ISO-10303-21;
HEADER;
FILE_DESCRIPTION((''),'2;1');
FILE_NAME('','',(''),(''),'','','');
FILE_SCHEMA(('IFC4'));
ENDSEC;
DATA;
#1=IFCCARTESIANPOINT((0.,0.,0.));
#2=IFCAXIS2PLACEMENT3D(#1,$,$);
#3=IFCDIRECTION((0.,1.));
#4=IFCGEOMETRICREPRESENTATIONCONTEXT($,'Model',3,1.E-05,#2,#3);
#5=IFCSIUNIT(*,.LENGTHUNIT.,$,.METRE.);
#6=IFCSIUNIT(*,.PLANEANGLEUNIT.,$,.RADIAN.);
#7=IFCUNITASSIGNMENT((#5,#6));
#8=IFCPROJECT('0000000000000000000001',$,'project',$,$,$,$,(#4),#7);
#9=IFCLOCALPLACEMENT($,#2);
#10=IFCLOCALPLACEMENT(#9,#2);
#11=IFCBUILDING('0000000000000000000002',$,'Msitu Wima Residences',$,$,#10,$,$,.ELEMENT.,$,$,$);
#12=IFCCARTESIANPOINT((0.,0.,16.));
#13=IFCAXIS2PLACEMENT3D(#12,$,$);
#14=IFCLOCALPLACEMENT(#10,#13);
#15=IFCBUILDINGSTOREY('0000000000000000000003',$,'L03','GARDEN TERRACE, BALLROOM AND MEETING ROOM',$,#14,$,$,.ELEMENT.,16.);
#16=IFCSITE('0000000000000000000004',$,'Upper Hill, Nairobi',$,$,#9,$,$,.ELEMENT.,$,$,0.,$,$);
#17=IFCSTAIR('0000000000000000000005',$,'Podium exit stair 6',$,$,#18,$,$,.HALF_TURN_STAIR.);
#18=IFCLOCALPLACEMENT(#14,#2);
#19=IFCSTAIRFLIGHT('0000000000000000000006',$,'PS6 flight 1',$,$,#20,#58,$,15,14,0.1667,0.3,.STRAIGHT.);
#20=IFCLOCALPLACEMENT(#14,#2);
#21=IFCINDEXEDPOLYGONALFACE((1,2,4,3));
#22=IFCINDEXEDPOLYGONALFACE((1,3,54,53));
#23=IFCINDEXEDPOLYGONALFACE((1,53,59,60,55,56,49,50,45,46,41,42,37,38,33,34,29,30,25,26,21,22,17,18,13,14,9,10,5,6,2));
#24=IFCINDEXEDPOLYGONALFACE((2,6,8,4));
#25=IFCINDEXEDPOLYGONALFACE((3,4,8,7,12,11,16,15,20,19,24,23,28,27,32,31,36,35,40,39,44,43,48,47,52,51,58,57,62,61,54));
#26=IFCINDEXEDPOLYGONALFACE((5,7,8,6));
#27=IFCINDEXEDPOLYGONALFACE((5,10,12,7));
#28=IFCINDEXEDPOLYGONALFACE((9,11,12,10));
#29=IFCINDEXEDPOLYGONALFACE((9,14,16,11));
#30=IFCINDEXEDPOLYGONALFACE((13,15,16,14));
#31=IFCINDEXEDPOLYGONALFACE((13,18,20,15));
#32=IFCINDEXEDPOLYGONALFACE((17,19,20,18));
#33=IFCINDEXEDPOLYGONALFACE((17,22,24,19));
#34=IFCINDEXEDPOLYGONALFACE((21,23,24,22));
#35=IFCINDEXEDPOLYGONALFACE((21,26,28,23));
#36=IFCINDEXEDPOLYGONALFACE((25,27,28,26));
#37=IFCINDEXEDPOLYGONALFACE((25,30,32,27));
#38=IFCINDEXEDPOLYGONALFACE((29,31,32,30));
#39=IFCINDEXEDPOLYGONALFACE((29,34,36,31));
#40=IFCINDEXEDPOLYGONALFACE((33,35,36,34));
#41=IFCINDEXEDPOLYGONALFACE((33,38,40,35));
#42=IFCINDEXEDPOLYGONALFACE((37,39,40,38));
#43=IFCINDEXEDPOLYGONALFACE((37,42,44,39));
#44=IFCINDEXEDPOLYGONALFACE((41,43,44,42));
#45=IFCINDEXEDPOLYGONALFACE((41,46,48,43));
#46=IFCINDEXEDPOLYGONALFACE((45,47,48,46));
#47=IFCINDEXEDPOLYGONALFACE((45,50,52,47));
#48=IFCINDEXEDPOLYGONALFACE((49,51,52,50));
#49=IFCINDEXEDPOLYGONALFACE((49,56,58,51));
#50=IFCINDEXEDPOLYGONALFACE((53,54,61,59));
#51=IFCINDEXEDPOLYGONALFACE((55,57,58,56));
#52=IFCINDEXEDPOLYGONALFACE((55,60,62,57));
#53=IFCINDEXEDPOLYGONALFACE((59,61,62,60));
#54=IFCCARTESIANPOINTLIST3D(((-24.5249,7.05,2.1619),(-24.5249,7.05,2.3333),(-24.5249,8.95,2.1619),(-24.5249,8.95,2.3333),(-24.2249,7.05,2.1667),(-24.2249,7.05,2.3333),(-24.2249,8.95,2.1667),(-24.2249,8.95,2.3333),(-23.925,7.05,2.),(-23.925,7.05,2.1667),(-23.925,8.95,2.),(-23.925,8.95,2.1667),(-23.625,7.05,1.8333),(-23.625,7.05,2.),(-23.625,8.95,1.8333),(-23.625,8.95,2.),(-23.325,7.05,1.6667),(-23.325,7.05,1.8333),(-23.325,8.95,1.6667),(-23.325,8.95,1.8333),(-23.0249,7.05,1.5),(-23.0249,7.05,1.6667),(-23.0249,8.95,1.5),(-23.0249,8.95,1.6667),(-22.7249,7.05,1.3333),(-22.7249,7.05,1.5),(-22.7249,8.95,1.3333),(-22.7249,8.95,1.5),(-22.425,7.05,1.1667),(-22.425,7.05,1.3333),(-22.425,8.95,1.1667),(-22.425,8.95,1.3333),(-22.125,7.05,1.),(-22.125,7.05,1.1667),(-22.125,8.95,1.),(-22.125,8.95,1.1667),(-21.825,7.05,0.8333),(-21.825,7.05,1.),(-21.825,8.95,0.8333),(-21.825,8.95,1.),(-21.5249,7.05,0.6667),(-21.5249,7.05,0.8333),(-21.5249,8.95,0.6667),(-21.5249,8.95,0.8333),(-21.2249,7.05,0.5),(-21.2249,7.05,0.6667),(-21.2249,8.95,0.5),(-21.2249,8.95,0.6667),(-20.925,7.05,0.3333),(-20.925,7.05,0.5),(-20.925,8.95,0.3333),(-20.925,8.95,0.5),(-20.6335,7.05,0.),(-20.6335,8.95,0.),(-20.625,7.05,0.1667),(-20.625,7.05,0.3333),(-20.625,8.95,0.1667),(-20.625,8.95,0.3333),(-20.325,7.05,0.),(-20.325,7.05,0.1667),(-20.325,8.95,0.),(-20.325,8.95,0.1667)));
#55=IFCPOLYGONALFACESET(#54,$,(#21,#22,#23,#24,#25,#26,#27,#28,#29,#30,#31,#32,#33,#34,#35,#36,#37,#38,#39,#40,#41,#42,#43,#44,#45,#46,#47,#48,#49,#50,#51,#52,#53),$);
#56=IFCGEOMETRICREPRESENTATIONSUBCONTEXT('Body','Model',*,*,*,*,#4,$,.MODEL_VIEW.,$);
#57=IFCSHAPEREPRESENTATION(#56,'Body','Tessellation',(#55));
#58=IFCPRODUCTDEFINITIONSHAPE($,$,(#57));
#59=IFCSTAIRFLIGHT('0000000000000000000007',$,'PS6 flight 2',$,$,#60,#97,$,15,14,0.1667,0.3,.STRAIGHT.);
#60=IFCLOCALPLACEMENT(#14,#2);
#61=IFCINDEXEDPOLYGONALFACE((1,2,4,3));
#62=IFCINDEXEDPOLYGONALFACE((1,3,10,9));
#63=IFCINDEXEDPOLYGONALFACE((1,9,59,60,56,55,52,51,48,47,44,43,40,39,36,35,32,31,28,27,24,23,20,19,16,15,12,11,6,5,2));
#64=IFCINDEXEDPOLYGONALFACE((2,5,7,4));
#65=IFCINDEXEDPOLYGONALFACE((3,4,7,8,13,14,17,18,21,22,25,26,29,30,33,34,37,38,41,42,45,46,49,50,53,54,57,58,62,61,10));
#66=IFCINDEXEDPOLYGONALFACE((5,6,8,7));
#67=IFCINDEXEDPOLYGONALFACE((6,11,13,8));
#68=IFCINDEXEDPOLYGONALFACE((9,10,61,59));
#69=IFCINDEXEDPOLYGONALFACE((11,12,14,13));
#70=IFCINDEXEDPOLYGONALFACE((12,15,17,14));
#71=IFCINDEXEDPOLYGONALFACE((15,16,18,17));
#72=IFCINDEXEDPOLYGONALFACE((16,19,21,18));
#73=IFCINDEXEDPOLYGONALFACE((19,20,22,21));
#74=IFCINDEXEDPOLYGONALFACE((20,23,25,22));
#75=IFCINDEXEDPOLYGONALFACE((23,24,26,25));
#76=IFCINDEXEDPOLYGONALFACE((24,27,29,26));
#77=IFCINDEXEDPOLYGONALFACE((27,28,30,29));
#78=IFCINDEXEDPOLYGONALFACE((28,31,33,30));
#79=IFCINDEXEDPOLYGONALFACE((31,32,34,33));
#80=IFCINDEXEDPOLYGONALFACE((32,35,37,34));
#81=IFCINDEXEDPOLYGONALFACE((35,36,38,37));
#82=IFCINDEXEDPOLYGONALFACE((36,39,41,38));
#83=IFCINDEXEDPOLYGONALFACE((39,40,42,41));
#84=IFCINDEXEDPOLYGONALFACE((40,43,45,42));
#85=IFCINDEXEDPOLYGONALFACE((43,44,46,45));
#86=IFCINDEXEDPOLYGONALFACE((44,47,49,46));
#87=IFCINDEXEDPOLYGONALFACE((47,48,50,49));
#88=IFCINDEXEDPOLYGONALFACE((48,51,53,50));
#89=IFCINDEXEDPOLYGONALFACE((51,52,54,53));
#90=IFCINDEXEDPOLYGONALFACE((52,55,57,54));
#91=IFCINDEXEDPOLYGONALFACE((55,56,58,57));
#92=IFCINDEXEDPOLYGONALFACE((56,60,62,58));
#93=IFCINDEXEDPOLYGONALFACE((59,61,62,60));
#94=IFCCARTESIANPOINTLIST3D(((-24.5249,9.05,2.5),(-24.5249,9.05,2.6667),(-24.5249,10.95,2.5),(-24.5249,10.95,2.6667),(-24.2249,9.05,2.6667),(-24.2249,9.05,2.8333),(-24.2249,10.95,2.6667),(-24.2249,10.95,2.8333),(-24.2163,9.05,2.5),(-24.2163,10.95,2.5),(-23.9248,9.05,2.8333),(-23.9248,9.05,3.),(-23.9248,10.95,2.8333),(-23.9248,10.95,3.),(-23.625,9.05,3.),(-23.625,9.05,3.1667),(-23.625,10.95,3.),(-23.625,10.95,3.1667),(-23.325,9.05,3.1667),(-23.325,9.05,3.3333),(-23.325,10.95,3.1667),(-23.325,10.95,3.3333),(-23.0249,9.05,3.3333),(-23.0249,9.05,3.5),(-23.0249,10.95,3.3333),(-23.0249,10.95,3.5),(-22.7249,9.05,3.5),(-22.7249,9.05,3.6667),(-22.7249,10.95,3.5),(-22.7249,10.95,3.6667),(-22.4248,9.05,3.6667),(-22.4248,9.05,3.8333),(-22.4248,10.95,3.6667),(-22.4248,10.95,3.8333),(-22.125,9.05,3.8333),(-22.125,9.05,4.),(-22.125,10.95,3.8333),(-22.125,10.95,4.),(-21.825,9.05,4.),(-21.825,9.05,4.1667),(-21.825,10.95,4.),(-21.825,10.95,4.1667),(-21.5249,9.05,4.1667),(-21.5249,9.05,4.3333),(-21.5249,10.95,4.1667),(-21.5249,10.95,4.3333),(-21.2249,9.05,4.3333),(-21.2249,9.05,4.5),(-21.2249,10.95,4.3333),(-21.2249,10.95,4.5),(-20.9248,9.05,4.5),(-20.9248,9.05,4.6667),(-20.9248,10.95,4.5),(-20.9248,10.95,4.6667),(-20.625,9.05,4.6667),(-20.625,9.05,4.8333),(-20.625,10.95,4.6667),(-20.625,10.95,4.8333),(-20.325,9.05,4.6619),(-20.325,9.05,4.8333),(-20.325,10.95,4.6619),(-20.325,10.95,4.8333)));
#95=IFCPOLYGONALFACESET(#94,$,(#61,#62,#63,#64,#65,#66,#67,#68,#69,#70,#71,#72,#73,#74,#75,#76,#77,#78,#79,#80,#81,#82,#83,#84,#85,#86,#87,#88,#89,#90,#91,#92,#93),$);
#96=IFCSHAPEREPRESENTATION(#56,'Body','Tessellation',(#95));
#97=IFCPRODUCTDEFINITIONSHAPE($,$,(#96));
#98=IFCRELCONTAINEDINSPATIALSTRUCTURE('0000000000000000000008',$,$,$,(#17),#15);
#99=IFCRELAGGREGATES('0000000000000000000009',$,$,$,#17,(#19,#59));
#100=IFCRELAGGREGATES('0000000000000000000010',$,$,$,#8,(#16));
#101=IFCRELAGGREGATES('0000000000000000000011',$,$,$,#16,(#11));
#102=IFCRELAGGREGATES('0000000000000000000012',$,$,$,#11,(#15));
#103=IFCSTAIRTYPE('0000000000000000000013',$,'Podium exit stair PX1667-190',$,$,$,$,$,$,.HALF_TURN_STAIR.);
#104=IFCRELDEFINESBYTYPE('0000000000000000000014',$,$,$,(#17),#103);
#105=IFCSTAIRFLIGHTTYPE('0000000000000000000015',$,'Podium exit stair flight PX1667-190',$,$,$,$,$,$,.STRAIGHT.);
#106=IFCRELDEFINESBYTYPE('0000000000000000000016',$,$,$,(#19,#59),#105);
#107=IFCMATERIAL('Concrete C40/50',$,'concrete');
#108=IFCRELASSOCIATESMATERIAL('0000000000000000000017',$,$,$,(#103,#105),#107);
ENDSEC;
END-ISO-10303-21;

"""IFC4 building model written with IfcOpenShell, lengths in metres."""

from ifc_helpers import new_model, si_unit, direction, frame, origin, place, context, subcontext, project, spatial, polyline, outline, extrude, material, type_object, element, aggregate, save


model = new_model("IFC4")

# Units and contexts
model_context = context("Model", 3, precision=1e-05, world=origin(), true_north=direction((0.0, 1.0)))
body_context = subcontext(model_context, "Body", "Model", "MODEL_VIEW")
ifc_project = project(units=[si_unit("LENGTHUNIT", "METRE"), si_unit("PLANEANGLEUNIT", "RADIAN")], contexts=[model_context])

# Site, building, storey
site_placement = place(None, origin())
site = spatial("IfcSite", under=ifc_project, at=site_placement, Name="Upper Hill, Nairobi", CompositionType="ELEMENT", RefElevation=0.0)
building_placement = place(site_placement, origin())
building = spatial("IfcBuilding", under=site, at=building_placement, Name="Msitu Wima Residences", CompositionType="ELEMENT")
storey_placement = place(building_placement, frame((0.0, 0.0, 16.0)))
storey = spatial("IfcBuildingStorey", under=building, at=storey_placement, Name="L03", Description="GARDEN TERRACE, BALLROOM AND MEETING ROOM", CompositionType="ELEMENT", Elevation=16.0)

# Shared definitions
ifc_material_1 = material(Name="Concrete C40/50", Category="concrete")

# Stair, stair flights
stair_type = type_object("IfcStairType", Name="Podium exit stair PX1667-190", PredefinedType="HALF_TURN_STAIR", material=ifc_material_1)
stair_placement = place(storey_placement, origin())
stair = element("IfcStair", 1, at=stair_placement, inside=storey, type_object=stair_type, Name="Podium exit stair 6", PredefinedType="HALF_TURN_STAIR")
stair_flight_type = type_object("IfcStairFlightType", Name="Podium exit stair flight PX1667-190", PredefinedType="STRAIGHT", material=ifc_material_1)
stair_flight_1_placement = place(storey_placement, frame((-20.325, 8.0, 0.0), z_axis=(0.0, 0.0, 1.0), x_axis=(-1.0, 0.0, 0.0)))
stair_flight_1 = element("IfcStairFlight", 2, at=stair_flight_1_placement, type_object=stair_flight_type, Name="PS6 flight 1", NumberOfRisers=15, NumberOfTreads=14, PredefinedType="STRAIGHT", RiserHeight=0.1667, TreadLength=0.3, context=body_context, shape_type="SweptSolid", body=[
    extrude(outline(polyline([(0.0, 0.0), (0.0, 0.1667), (0.3, 0.1667), (0.3, 0.3333), (0.6001, 0.3333), (0.6001, 0.5), (0.8999, 0.5), (0.8999, 0.6667), (1.2, 0.6667), (1.2, 0.8333), (1.5, 0.8333), (1.5, 1.0), (1.8, 1.0), (1.8, 1.1667), (2.1001, 1.1667), (2.1001, 1.3333), (2.3999, 1.3333), (2.3999, 1.5), (2.7, 1.5), (2.7, 1.6667), (3.0, 1.6667), (3.0, 1.8333), (3.3, 1.8333), (3.3, 2.0), (3.6001, 2.0), (3.6001, 2.1667), (3.8999, 2.1667), (3.8999, 2.3333), (4.2, 2.3333), (4.2, 2.5), (4.2, 2.1619), (0.3086, 0.0), (0.0, 0.0)])), frame((0.0, 0.95, 0.0), z_axis=(0.0, -1.0, 0.0), x_axis=(1.0, 0.0, 0.0)), (0.0, 0.0, 1.0), 1.8999),
])
stair_flight_2_placement = place(storey_placement, frame((-24.5249, 10.0, 2.5), z_axis=(0.0, 0.0, 1.0), x_axis=(1.0, 0.0, 0.0)))
stair_flight_2 = element("IfcStairFlight", 3, at=stair_flight_2_placement, type_object=stair_flight_type, Name="PS6 flight 2", NumberOfRisers=15, NumberOfTreads=14, PredefinedType="STRAIGHT", RiserHeight=0.1667, TreadLength=0.3, context=body_context, shape_type="SweptSolid", body=[
    extrude(outline(polyline([(0.0, 0.0), (0.0, 0.1667), (0.3, 0.1667), (0.3, 0.3333), (0.6001, 0.3333), (0.6001, 0.5), (0.8999, 0.5), (0.8999, 0.6667), (1.2, 0.6667), (1.2, 0.8333), (1.5, 0.8333), (1.5, 1.0), (1.8, 1.0), (1.8, 1.1667), (2.1001, 1.1667), (2.1001, 1.3333), (2.3999, 1.3333), (2.3999, 1.5), (2.7, 1.5), (2.7, 1.6667), (3.0, 1.6667), (3.0, 1.8333), (3.3, 1.8333), (3.3, 2.0), (3.6001, 2.0), (3.6001, 2.1667), (3.8999, 2.1667), (3.8999, 2.3333), (4.2, 2.3333), (4.2, 2.5), (4.2, 2.1619), (0.3086, 0.0), (0.0, 0.0)])), frame((0.0, 0.95, 0.0), z_axis=(0.0, -1.0, 0.0), x_axis=(1.0, 0.0, 0.0)), (0.0, 0.0, 1.0), 1.8999),
])
aggregate(stair, [stair_flight_1, stair_flight_2])

save(model, "model.ifc")
